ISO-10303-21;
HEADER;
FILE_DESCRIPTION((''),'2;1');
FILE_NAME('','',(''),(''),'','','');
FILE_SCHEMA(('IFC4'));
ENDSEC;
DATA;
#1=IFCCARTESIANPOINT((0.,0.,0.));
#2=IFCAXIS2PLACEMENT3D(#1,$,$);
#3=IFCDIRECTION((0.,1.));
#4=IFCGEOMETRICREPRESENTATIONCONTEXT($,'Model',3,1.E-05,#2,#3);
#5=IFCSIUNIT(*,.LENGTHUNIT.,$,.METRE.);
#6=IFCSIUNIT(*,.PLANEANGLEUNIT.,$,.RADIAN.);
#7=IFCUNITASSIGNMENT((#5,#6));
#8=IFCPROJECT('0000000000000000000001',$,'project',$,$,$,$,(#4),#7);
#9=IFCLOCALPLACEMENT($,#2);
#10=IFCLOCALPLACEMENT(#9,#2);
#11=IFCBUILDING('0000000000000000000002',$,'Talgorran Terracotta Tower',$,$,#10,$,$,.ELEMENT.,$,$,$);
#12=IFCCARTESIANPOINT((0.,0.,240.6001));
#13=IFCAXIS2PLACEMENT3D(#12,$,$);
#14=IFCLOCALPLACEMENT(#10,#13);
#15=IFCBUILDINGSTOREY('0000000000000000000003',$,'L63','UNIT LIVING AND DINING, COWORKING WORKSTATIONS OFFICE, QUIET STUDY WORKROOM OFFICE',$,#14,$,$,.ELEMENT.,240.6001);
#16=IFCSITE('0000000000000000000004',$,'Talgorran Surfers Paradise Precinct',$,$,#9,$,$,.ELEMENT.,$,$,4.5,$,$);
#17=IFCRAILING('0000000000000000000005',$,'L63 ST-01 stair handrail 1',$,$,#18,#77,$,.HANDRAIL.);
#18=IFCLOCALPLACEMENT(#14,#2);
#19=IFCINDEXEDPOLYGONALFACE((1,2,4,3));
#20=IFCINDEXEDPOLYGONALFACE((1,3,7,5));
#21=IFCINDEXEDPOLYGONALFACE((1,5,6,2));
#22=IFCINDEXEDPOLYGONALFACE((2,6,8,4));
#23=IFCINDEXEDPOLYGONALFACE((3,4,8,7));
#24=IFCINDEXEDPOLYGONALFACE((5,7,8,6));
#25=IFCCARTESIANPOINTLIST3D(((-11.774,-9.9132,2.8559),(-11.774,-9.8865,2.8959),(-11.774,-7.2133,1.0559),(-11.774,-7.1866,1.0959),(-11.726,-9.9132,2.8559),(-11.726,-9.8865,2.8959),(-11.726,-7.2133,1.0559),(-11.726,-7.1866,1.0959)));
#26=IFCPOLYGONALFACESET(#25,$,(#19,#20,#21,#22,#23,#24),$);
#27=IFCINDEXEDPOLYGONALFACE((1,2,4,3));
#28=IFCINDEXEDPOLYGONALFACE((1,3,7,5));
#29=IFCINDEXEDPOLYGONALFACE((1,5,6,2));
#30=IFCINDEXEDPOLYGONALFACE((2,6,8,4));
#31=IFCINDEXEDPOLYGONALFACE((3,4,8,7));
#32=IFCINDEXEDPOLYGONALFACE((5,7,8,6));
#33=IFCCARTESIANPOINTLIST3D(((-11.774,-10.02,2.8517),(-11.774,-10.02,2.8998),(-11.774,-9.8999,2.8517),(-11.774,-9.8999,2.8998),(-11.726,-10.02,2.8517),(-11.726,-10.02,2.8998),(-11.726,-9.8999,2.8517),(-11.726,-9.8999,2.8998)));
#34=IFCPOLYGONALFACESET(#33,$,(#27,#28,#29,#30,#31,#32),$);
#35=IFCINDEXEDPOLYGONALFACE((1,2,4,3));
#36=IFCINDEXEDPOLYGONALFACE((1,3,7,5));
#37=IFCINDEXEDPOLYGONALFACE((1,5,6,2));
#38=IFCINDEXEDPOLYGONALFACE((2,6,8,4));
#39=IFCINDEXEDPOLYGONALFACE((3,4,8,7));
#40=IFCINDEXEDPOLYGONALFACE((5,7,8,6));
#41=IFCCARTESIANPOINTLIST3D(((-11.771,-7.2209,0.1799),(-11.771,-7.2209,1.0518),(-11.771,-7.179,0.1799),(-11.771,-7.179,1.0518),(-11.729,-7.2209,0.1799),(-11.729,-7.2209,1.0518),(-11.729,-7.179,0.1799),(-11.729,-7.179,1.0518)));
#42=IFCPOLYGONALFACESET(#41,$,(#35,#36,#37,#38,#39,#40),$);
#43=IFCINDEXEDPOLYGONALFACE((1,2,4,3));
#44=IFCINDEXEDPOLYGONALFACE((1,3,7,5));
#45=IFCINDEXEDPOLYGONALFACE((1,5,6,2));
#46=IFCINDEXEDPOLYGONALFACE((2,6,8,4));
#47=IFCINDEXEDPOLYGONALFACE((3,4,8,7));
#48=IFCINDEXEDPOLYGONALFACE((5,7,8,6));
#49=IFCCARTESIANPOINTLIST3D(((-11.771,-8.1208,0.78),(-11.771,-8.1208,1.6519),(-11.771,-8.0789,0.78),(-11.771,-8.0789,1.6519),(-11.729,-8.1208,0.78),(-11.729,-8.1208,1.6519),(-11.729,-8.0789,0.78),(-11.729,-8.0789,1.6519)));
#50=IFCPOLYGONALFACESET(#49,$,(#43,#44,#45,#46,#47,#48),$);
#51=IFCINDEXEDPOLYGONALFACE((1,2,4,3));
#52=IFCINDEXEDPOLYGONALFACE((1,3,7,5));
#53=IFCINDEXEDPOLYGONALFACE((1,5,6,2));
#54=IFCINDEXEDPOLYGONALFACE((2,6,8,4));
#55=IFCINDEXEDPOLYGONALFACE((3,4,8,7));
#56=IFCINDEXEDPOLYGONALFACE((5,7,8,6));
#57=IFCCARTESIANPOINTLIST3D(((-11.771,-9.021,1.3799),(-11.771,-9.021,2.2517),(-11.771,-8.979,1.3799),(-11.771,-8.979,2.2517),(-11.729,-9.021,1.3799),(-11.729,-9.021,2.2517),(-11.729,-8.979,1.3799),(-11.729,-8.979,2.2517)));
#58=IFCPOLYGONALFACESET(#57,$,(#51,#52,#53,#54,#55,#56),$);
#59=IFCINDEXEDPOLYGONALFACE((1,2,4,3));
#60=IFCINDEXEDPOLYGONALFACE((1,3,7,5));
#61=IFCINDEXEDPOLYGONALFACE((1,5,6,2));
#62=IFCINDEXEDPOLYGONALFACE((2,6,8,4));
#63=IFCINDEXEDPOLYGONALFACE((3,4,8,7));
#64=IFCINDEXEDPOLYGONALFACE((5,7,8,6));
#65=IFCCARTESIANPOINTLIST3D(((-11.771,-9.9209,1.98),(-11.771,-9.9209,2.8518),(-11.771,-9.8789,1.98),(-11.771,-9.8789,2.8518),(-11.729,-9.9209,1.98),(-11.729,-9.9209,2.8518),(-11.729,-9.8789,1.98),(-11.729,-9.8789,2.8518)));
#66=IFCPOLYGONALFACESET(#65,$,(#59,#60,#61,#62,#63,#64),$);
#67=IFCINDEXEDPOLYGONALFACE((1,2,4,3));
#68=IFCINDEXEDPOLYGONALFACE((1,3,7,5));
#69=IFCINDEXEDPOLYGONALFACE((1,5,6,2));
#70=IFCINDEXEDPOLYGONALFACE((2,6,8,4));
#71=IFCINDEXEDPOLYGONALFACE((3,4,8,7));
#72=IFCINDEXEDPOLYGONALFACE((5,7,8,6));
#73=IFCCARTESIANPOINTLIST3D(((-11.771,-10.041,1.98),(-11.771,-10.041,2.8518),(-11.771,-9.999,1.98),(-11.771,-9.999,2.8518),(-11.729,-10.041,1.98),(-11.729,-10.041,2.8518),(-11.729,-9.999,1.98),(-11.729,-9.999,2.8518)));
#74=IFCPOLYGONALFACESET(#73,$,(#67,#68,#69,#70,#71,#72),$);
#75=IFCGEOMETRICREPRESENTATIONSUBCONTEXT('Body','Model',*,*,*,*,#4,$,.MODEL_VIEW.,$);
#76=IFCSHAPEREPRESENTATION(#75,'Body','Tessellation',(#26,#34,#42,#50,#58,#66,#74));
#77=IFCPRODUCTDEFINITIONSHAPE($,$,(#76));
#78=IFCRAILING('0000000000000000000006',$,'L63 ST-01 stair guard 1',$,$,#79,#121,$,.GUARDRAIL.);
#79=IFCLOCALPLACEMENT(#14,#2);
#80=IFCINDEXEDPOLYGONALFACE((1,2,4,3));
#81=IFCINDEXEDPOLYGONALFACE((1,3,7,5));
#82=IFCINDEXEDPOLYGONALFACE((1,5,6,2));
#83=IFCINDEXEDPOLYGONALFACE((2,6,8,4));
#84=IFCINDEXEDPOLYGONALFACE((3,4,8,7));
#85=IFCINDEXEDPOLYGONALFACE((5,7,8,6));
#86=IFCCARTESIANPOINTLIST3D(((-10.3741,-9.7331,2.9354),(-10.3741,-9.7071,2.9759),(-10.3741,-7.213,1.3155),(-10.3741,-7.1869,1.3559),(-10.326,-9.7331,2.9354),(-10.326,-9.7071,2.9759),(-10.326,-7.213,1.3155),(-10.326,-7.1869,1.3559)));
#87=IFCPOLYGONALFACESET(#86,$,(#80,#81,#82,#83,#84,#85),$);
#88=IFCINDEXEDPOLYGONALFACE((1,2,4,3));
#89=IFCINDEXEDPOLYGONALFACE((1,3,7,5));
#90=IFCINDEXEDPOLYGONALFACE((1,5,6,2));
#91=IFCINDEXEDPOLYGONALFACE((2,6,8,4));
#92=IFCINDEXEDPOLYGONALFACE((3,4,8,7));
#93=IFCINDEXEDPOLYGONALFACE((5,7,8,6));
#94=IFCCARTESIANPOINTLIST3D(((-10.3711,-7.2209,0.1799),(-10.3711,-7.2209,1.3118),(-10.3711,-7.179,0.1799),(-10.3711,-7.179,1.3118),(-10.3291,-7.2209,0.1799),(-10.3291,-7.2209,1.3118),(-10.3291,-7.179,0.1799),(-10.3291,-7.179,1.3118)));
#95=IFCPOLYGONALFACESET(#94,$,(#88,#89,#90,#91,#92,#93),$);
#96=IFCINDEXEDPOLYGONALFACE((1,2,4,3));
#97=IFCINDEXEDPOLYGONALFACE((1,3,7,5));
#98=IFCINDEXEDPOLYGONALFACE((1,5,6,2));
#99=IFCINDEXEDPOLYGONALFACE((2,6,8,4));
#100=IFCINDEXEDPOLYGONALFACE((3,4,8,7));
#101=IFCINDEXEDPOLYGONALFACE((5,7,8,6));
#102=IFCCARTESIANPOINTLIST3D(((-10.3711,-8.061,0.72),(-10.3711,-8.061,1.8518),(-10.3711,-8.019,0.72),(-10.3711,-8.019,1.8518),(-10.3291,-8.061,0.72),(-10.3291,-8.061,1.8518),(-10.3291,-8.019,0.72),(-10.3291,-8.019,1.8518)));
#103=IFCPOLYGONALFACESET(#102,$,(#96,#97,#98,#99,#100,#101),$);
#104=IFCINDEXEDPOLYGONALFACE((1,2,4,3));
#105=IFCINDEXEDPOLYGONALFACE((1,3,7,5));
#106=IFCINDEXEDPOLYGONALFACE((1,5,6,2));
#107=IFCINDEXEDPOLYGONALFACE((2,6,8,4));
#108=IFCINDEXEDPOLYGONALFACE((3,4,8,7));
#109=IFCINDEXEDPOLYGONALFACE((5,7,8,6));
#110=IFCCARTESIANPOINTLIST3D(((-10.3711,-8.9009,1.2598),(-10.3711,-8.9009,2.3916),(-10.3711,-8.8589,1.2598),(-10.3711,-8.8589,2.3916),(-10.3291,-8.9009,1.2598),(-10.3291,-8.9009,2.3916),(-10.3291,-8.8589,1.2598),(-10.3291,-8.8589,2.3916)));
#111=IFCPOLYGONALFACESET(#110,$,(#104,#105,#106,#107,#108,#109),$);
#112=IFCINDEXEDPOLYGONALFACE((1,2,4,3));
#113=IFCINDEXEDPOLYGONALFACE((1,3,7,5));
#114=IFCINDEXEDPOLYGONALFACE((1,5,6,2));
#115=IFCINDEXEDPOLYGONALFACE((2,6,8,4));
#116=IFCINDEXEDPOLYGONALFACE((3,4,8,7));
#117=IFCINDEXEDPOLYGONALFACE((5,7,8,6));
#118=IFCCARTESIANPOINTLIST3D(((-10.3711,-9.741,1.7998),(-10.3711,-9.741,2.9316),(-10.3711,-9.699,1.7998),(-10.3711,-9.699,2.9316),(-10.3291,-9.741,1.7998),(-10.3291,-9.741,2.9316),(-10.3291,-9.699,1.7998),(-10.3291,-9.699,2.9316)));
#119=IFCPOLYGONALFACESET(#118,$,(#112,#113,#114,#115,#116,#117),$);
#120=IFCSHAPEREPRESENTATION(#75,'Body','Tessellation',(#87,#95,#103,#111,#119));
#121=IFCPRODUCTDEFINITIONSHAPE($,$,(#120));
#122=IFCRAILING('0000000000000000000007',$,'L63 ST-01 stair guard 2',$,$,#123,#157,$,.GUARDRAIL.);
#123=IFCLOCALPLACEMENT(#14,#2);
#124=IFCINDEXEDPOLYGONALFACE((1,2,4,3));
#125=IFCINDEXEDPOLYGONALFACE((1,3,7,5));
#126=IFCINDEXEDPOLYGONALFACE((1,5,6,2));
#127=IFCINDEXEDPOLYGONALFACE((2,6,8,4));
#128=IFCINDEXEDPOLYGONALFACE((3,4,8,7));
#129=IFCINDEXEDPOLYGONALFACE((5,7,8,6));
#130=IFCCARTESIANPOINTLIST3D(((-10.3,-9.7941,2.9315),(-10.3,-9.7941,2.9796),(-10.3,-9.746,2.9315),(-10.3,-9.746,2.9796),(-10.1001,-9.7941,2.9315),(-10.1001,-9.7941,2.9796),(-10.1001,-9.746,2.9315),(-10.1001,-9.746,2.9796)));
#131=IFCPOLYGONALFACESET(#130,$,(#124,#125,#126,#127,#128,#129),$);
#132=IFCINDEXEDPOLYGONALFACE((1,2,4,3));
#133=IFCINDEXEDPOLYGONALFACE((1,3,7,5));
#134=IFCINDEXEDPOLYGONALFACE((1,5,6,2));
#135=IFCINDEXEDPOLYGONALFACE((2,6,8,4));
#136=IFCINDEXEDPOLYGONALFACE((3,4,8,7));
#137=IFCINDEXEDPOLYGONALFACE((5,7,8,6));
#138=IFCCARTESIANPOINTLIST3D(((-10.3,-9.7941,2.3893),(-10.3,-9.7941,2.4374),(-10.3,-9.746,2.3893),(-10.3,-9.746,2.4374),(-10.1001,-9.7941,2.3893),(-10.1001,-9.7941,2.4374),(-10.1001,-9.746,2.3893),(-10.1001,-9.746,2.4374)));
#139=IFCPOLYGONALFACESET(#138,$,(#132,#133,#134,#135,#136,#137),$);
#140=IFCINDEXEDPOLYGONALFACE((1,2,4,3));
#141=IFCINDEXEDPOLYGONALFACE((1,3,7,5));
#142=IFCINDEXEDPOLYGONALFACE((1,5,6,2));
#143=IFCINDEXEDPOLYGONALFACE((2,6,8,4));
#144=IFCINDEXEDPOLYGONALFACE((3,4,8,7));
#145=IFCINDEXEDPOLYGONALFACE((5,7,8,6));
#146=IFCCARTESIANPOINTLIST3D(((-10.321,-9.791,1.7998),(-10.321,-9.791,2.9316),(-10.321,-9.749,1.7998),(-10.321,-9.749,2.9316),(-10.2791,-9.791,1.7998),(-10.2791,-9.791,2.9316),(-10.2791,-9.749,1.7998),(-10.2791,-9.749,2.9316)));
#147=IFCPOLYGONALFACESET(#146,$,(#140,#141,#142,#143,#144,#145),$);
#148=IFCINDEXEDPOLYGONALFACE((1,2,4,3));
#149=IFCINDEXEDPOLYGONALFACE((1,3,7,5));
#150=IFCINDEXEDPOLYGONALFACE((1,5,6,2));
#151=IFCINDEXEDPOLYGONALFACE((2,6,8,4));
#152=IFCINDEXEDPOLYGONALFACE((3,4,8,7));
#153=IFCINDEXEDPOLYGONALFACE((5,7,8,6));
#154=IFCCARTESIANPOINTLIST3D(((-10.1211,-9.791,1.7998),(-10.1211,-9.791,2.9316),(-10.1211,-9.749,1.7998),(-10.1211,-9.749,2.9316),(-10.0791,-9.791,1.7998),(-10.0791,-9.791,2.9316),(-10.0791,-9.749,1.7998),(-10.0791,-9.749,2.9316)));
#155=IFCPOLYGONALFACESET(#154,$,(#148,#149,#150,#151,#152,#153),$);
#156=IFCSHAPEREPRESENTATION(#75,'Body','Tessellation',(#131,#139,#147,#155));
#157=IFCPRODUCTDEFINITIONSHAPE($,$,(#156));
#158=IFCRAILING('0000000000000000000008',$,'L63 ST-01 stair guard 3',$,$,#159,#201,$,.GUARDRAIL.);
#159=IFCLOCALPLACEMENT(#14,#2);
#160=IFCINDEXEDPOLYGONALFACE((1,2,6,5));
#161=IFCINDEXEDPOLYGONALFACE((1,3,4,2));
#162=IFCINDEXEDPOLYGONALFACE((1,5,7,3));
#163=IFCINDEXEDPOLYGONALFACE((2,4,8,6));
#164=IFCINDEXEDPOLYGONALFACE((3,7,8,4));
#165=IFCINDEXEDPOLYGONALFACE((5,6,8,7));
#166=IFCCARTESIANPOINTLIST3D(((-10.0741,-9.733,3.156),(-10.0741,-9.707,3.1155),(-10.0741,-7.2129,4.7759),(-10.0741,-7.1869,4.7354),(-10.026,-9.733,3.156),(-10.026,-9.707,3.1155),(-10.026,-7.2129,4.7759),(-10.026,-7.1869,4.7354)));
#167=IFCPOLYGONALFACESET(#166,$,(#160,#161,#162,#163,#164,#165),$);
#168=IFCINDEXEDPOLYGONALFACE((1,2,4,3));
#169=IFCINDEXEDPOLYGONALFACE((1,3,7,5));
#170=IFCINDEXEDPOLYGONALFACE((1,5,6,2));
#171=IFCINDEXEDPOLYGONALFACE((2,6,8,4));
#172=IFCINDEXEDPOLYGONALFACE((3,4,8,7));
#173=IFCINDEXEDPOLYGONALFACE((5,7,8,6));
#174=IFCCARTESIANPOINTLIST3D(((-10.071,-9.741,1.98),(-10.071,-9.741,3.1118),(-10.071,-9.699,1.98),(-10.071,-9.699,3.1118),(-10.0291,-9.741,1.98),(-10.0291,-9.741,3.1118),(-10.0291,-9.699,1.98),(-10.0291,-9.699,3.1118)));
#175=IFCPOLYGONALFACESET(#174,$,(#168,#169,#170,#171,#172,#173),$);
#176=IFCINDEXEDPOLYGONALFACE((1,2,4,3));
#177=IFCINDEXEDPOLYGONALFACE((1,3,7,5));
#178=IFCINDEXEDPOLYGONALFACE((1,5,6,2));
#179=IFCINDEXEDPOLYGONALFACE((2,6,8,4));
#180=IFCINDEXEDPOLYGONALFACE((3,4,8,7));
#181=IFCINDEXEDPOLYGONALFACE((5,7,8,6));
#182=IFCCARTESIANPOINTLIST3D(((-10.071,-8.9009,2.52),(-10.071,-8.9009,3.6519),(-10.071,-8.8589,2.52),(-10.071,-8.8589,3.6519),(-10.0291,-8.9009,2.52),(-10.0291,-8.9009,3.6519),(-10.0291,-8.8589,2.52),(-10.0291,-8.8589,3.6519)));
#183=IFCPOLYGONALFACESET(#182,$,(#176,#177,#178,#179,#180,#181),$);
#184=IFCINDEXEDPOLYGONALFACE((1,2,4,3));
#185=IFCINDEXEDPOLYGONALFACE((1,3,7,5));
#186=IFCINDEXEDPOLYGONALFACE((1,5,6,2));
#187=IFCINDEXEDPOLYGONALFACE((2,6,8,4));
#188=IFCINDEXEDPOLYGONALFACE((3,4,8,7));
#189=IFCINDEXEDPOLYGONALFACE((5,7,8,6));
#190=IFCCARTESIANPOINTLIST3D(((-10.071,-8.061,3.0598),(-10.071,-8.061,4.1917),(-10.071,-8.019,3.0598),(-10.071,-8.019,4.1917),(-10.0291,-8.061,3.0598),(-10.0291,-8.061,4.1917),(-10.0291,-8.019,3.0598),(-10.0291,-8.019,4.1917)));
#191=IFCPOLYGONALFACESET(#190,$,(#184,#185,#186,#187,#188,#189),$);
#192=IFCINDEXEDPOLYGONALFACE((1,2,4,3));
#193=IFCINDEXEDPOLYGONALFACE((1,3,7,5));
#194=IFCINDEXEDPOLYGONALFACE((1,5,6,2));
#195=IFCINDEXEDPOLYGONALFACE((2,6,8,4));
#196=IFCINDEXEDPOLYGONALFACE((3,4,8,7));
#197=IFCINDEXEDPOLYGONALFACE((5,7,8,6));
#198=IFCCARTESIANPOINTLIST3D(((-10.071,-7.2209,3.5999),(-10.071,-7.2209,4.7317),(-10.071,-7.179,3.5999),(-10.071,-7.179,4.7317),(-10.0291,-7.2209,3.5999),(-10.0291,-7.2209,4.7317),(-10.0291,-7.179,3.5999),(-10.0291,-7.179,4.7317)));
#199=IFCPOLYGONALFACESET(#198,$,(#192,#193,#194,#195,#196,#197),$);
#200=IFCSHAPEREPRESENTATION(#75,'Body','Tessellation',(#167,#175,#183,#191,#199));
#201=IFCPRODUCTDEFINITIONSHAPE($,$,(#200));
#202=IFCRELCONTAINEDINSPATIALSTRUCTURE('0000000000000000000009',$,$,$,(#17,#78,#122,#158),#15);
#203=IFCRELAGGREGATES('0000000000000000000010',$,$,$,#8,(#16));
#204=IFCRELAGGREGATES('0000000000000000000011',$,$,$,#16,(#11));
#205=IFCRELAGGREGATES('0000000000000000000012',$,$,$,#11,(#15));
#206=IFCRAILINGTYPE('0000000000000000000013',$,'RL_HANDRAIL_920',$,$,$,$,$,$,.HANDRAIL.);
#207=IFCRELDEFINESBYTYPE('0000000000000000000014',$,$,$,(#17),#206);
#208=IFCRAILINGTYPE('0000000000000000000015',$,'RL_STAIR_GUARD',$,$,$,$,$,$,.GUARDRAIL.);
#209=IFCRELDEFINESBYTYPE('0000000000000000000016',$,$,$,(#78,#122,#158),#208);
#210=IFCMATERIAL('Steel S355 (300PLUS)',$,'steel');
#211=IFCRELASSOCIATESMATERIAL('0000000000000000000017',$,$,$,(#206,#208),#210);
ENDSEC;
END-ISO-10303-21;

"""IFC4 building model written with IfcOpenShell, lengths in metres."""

from ifc_helpers import new_model, si_unit, direction, frame, origin, origin_2d, place, context, subcontext, project, spatial, rectangle, extrude, material, type_object, element, save


model = new_model("IFC4")

# Units and contexts
model_context = context("Model", 3, precision=1e-05, world=origin(), true_north=direction((0.0, 1.0)))
body_context = subcontext(model_context, "Body", "Model", "MODEL_VIEW")
ifc_project = project(units=[si_unit("LENGTHUNIT", "METRE"), si_unit("PLANEANGLEUNIT", "RADIAN")], contexts=[model_context])

# Site, building, storey
site_placement = place(None, origin())
site = spatial("IfcSite", under=ifc_project, at=site_placement, Name="Talgorran Surfers Paradise Precinct", CompositionType="ELEMENT", RefElevation=4.5)
building_placement = place(site_placement, origin())
building = spatial("IfcBuilding", under=site, at=building_placement, Name="Talgorran Terracotta Tower", CompositionType="ELEMENT")
storey_placement = place(building_placement, frame((0.0, 0.0, 240.6001)))
storey = spatial("IfcBuildingStorey", under=building, at=storey_placement, Name="L63", Description="UNIT LIVING AND DINING, COWORKING WORKSTATIONS OFFICE, QUIET STUDY WORKROOM OFFICE", CompositionType="ELEMENT", Elevation=240.6001)

# Shared definitions
ifc_material_1 = material(Name="Steel S355 (300PLUS)", Category="steel")

# Railings
railing_type_1 = type_object("IfcRailingType", Name="RL_HANDRAIL_920", PredefinedType="HANDRAIL", material=ifc_material_1)
railing_1_placement = place(storey_placement, frame((-11.75, -7.2, 0.1799)))
element("IfcRailing", 1, at=railing_1_placement, inside=storey, type_object=railing_type_1, Name="L63 ST-01 stair handrail 1", PredefinedType="HANDRAIL", context=body_context, shape_type="SweptSolid", body=[
    extrude(rectangle(XDim=0.0481, YDim=0.0481, at=origin_2d()), frame((0.0, 0.0, 0.896), z_axis=(0.0, -0.832039, 0.554718), x_axis=(1.0, 0.0, 0.0)), (0.0, 0.0, 1.0), 3.2449),
    extrude(rectangle(XDim=0.0481, YDim=0.0481, at=origin_2d()), frame((0.0, -2.7, 2.6958), z_axis=(0.0, -1.0, 0.0), x_axis=(1.0, 0.0, 0.0)), (0.0, 0.0, 1.0), 0.1201),
    extrude(rectangle(XDim=0.042, YDim=0.042, at=origin_2d()), origin(), (0.0, 0.0, 1.0), 0.8718),
    extrude(rectangle(XDim=0.042, YDim=0.042, at=origin_2d()), frame((0.0, -0.8999, 0.6001)), (0.0, 0.0, 1.0), 0.8718),
    extrude(rectangle(XDim=0.042, YDim=0.042, at=origin_2d()), frame((0.0, -1.8, 1.2)), (0.0, 0.0, 1.0), 0.8718),
    extrude(rectangle(XDim=0.042, YDim=0.042, at=origin_2d()), frame((0.0, -2.7, 1.8)), (0.0, 0.0, 1.0), 0.8718),
    extrude(rectangle(XDim=0.042, YDim=0.042, at=origin_2d()), frame((0.0, -2.8201, 1.8)), (0.0, 0.0, 1.0), 0.8718),
])
railing_type_2 = type_object("IfcRailingType", Name="RL_STAIR_GUARD", PredefinedType="GUARDRAIL", material=ifc_material_1)
railing_2_placement = place(storey_placement, frame((-10.3501, -7.2, 0.1799)))
element("IfcRailing", 2, at=railing_2_placement, inside=storey, type_object=railing_type_2, Name="L63 ST-01 stair guard 1", PredefinedType="GUARDRAIL", context=body_context, shape_type="SweptSolid", body=[
    extrude(rectangle(XDim=0.0481, YDim=0.0481, at=origin_2d()), frame((0.0, 0.0, 1.1558), z_axis=(0.0, -0.8412, 0.540725), x_axis=(1.0, 0.0, 0.0)), (0.0, 0.0, 1.0), 2.9958),
    extrude(rectangle(XDim=0.042, YDim=0.042, at=origin_2d()), origin(), (0.0, 0.0, 1.0), 1.1318),
    extrude(rectangle(XDim=0.042, YDim=0.042, at=origin_2d()), frame((0.0, -0.8401, 0.54)), (0.0, 0.0, 1.0), 1.1318),
    extrude(rectangle(XDim=0.042, YDim=0.042, at=origin_2d()), frame((0.0, -1.6799, 1.0798)), (0.0, 0.0, 1.0), 1.1318),
    extrude(rectangle(XDim=0.042, YDim=0.042, at=origin_2d()), frame((0.0, -2.52, 1.6199)), (0.0, 0.0, 1.0), 1.1318),
])
railing_3_placement = place(storey_placement, frame((-10.3, -9.77, 1.7998)))
element("IfcRailing", 3, at=railing_3_placement, inside=storey, type_object=railing_type_2, Name="L63 ST-01 stair guard 2", PredefinedType="GUARDRAIL", context=body_context, shape_type="SweptSolid", body=[
    extrude(rectangle(XDim=0.0481, YDim=0.0481, at=origin_2d()), frame((0.0, 0.0, 1.1558), z_axis=(1.0, 0.0, 0.0), x_axis=(0.0, 1.0, 0.0)), (0.0, 0.0, 1.0), 0.2),
    extrude(rectangle(XDim=0.0481, YDim=0.0481, at=origin_2d()), frame((0.0, 0.0, 0.6135), z_axis=(1.0, 0.0, 0.0), x_axis=(0.0, 1.0, 0.0)), (0.0, 0.0, 1.0), 0.2),
    extrude(rectangle(XDim=0.042, YDim=0.042, at=origin_2d()), origin(), (0.0, 0.0, 1.0), 1.1318),
    extrude(rectangle(XDim=0.042, YDim=0.042, at=origin_2d()), frame((0.2, 0.0, 0.0)), (0.0, 0.0, 1.0), 1.1318),
])
railing_4_placement = place(storey_placement, frame((-10.05, -9.72, 1.98)))
element("IfcRailing", 4, at=railing_4_placement, inside=storey, type_object=railing_type_2, Name="L63 ST-01 stair guard 3", PredefinedType="GUARDRAIL", context=body_context, shape_type="SweptSolid", body=[
    extrude(rectangle(XDim=0.0481, YDim=0.0481, at=origin_2d()), frame((0.0, 0.0, 1.1558), z_axis=(0.0, 0.8412, 0.540725), x_axis=(-1.0, 0.0, 0.0)), (0.0, 0.0, 1.0), 2.9958),
    extrude(rectangle(XDim=0.042, YDim=0.042, at=origin_2d()), origin(), (0.0, 0.0, 1.0), 1.1318),
    extrude(rectangle(XDim=0.042, YDim=0.042, at=origin_2d()), frame((0.0, 0.8401, 0.54)), (0.0, 0.0, 1.0), 1.1318),
    extrude(rectangle(XDim=0.042, YDim=0.042, at=origin_2d()), frame((0.0, 1.6799, 1.0798)), (0.0, 0.0, 1.0), 1.1318),
    extrude(rectangle(XDim=0.042, YDim=0.042, at=origin_2d()), frame((0.0, 2.52, 1.6199)), (0.0, 0.0, 1.0), 1.1318),
])

save(model, "model.ifc")
